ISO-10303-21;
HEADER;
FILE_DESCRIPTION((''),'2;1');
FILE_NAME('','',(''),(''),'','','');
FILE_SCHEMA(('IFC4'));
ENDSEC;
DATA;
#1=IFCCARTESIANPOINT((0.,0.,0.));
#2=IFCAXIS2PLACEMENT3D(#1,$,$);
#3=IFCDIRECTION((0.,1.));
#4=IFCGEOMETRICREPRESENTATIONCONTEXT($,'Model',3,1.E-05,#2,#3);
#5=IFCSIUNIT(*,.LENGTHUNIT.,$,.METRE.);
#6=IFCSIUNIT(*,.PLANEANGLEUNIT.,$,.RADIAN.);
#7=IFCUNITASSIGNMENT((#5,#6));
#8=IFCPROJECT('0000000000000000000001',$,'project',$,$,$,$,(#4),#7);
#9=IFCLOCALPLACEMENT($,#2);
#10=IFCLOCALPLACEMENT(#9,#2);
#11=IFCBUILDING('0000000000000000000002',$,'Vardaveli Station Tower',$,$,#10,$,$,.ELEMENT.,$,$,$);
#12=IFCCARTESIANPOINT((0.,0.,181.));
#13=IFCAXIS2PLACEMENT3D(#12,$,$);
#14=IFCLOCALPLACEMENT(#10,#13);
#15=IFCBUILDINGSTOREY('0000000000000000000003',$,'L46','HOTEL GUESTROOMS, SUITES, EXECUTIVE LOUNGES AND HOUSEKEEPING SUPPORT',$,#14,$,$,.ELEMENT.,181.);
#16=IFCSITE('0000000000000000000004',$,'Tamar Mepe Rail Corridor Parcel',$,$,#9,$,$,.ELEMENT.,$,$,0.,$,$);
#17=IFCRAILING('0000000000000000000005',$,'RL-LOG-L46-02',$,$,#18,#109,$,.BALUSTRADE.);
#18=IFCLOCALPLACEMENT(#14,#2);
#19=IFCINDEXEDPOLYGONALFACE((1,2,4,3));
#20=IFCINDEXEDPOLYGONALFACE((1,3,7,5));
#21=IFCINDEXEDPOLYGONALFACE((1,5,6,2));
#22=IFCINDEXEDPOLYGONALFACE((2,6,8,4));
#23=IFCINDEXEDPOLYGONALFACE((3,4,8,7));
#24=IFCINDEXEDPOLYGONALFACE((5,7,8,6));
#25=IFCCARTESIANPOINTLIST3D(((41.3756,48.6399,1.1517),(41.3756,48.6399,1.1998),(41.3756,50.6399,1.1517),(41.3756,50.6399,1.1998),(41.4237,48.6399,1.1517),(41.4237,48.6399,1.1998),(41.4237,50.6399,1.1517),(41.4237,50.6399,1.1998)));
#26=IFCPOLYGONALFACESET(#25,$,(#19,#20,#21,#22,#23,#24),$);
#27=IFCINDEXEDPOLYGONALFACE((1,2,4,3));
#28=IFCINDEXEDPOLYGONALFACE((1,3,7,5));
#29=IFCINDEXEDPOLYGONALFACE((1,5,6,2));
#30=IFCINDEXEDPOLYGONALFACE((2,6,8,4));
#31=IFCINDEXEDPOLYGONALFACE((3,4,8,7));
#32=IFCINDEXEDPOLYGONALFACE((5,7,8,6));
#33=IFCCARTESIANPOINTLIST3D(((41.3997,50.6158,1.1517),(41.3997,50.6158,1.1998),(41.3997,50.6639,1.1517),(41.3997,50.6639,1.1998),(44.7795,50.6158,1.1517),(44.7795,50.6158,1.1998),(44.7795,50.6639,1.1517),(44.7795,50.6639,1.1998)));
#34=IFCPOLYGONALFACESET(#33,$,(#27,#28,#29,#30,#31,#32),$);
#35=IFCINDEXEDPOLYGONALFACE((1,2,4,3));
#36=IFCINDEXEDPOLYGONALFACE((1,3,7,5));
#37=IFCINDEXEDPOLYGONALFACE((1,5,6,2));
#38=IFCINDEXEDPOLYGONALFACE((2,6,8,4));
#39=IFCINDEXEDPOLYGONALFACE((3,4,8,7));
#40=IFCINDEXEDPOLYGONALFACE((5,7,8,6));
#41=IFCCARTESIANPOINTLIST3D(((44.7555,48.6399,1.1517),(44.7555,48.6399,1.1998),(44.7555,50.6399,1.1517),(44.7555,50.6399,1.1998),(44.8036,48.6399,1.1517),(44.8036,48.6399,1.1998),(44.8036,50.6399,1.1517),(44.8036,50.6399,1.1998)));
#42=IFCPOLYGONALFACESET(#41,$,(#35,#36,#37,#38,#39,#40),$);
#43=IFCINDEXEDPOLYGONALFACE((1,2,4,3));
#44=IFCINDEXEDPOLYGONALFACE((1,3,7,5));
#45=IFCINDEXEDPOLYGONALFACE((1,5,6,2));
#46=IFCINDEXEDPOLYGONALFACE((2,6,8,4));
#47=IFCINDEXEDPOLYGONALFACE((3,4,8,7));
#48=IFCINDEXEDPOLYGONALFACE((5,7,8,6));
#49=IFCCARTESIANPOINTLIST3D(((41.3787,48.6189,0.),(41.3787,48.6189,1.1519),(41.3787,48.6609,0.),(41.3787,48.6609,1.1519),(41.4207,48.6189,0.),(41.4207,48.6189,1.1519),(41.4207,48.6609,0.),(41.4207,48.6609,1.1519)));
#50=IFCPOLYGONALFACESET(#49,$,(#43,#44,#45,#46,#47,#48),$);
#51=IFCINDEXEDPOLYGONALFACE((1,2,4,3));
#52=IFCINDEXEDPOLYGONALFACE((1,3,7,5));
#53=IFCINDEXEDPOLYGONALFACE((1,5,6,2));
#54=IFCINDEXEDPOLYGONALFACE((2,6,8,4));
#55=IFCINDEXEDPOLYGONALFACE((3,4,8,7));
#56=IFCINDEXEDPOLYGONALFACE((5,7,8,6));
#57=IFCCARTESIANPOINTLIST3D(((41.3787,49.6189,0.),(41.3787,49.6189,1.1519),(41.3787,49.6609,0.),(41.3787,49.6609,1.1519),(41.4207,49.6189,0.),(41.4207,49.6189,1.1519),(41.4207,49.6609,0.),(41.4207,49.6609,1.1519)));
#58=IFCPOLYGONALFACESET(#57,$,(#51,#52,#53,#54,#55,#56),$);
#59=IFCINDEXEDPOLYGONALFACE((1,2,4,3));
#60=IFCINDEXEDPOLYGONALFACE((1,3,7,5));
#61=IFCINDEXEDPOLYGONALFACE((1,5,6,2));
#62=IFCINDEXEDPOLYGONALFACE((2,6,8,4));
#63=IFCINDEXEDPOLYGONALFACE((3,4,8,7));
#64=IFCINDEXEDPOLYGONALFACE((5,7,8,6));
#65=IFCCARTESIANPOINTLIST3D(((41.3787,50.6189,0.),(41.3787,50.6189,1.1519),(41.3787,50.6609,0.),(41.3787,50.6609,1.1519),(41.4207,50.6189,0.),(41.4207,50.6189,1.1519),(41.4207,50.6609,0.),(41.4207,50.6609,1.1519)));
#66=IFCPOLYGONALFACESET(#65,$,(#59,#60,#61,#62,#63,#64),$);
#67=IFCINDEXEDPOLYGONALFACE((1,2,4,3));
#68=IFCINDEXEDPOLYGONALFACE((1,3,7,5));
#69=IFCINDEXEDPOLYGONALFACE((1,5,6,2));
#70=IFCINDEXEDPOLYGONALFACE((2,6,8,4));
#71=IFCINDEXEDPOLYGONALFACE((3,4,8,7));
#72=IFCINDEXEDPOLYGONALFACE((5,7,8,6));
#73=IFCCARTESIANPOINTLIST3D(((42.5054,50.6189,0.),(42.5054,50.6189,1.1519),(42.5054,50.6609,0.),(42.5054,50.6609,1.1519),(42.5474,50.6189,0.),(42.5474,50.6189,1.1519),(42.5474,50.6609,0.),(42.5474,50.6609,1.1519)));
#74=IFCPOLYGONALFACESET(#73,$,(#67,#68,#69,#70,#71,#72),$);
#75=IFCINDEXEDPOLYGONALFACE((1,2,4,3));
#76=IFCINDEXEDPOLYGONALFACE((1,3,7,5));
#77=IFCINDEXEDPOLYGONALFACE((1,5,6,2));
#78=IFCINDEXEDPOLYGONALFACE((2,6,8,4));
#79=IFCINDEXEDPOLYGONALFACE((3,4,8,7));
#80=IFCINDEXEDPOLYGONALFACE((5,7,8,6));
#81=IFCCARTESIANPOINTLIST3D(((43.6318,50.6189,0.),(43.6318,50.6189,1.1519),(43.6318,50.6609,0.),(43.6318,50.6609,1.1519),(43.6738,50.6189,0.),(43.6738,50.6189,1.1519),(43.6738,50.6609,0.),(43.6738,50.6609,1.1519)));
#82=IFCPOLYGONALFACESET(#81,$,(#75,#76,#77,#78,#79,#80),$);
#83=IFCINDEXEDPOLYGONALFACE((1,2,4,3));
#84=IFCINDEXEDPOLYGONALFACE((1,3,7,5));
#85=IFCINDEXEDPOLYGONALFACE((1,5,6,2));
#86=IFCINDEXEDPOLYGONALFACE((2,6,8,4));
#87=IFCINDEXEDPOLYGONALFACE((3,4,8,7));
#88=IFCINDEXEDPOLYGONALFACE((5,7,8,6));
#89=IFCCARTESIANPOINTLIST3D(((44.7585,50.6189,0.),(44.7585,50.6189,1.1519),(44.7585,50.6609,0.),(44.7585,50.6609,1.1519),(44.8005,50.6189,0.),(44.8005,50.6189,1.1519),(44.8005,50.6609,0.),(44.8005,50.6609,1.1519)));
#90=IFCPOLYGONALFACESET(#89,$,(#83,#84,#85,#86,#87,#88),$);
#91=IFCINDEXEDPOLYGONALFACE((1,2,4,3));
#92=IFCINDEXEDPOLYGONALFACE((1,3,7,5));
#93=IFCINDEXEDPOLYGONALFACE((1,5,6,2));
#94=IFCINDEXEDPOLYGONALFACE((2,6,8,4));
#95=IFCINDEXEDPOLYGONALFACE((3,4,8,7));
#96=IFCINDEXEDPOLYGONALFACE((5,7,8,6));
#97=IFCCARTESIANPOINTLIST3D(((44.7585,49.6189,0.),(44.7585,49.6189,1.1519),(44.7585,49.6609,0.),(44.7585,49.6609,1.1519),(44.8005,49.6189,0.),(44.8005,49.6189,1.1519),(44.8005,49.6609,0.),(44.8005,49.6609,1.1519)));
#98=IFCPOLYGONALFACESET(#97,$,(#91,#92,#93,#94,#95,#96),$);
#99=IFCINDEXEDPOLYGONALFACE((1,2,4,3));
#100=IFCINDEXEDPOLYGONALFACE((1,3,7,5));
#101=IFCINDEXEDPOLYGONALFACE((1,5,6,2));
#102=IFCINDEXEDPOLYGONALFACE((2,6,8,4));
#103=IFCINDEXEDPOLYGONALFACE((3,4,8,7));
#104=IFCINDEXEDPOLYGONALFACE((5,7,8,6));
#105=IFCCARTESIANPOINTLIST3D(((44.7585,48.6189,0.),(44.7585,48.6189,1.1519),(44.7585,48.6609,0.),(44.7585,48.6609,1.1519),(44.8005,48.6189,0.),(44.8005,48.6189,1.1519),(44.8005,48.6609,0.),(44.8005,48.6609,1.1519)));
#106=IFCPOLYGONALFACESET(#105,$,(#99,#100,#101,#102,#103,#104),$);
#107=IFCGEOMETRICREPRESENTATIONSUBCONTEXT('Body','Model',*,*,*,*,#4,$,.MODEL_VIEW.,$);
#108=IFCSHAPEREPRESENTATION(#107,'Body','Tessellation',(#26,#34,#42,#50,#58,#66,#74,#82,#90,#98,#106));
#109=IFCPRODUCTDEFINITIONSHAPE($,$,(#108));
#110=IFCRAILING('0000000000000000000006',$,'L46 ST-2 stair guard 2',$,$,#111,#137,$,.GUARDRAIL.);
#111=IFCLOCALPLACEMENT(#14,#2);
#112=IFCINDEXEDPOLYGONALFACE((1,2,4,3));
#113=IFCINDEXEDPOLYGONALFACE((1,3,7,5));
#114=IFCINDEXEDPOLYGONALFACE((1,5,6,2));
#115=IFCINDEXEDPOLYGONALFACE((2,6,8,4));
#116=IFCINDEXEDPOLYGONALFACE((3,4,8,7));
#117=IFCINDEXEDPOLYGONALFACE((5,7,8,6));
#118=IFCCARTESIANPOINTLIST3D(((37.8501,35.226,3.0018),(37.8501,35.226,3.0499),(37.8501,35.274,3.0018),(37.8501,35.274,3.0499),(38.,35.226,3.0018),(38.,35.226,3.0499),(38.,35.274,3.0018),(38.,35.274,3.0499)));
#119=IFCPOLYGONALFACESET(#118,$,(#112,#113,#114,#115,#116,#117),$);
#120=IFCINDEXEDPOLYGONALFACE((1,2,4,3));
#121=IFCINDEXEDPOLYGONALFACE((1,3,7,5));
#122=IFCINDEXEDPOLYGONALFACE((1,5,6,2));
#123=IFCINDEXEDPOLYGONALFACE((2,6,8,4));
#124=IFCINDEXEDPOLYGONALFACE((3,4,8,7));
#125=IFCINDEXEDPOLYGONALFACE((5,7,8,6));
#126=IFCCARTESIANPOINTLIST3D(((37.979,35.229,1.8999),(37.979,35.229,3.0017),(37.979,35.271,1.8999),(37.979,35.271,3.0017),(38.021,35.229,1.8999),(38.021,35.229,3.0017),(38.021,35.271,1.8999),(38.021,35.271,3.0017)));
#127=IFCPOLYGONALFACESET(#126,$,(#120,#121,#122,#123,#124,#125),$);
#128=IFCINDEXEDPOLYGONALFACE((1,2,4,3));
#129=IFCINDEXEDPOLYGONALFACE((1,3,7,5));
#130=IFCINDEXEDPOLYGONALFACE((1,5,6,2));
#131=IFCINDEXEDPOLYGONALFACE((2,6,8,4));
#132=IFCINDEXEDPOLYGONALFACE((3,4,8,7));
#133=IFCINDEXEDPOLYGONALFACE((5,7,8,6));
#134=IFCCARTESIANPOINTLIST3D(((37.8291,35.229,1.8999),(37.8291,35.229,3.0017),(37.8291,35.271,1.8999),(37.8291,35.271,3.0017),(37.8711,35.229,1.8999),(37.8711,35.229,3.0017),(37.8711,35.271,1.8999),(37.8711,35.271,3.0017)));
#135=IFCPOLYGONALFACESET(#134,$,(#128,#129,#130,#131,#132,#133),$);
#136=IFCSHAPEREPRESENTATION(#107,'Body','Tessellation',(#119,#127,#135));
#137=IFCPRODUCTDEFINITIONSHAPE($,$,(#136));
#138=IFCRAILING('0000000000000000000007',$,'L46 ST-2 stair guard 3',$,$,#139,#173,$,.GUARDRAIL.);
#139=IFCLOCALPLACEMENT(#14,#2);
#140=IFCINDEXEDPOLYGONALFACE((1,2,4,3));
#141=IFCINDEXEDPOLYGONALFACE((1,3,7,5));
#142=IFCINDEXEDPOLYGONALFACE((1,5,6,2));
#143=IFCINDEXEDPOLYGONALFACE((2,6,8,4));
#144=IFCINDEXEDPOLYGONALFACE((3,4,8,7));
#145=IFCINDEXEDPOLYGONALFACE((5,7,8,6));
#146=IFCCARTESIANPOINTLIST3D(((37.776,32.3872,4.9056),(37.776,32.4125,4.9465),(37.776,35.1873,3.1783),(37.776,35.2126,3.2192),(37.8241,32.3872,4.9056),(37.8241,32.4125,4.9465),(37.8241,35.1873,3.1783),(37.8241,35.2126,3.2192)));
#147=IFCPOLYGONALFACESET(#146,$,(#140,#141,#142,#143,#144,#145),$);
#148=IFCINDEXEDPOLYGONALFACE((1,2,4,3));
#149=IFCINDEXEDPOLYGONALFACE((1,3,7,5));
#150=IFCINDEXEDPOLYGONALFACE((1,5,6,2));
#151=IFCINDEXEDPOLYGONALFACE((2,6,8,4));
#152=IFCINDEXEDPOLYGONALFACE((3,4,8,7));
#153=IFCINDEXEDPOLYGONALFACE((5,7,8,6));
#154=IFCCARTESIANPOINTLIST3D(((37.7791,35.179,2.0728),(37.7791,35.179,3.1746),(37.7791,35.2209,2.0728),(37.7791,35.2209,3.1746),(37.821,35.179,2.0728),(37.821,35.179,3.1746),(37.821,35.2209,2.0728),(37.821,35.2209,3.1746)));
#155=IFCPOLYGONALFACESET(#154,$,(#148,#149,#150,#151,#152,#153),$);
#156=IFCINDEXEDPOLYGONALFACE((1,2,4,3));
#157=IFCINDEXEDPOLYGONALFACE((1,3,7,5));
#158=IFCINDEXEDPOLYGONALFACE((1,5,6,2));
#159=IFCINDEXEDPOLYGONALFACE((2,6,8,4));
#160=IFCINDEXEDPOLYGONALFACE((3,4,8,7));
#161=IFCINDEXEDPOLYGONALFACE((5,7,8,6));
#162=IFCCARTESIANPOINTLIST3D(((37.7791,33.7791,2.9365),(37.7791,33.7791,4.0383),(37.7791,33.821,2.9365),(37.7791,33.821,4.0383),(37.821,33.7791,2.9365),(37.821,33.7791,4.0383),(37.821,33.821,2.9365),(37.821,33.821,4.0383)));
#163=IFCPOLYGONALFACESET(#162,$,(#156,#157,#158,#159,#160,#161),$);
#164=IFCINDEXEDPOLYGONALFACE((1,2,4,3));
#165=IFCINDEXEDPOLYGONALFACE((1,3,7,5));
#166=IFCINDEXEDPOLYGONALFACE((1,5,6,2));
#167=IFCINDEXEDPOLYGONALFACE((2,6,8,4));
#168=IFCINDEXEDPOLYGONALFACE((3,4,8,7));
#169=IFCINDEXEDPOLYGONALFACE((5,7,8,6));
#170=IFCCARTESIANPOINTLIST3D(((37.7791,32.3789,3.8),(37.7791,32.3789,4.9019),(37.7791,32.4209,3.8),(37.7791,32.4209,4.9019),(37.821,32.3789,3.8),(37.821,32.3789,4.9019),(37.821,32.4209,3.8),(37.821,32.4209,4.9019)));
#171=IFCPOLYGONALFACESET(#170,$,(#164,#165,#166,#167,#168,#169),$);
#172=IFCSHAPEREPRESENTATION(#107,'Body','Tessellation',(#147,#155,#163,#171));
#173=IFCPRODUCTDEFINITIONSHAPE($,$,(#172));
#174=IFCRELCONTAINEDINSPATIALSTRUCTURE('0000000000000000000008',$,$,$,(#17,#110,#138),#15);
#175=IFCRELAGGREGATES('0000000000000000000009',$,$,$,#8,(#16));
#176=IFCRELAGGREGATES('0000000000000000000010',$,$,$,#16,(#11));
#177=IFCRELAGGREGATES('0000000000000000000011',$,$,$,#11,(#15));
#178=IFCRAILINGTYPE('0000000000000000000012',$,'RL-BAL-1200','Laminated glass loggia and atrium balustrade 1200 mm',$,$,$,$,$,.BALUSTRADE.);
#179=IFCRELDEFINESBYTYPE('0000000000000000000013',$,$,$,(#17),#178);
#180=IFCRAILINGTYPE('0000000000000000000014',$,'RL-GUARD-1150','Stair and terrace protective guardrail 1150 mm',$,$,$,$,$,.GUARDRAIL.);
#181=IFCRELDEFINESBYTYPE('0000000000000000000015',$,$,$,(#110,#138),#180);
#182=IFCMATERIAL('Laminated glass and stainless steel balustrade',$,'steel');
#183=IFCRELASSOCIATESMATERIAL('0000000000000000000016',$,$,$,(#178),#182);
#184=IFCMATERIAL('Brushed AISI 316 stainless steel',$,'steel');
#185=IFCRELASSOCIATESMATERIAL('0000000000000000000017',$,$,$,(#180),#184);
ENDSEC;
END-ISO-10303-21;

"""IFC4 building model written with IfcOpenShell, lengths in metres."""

from ifc_helpers import new_model, si_unit, direction, frame, origin, origin_2d, place, context, subcontext, project, spatial, rectangle, extrude, source, transform, mapped, material, type_object, element, save


model = new_model("IFC4")

# Units and contexts
model_context = context("Model", 3, precision=1e-05, world=origin(), true_north=direction((0.0, 1.0)))
body_context = subcontext(model_context, "Body", "Model", "MODEL_VIEW")
ifc_project = project(units=[si_unit("LENGTHUNIT", "METRE"), si_unit("PLANEANGLEUNIT", "RADIAN")], contexts=[model_context])

# Site, building, storey
site_placement = place(None, origin())
site = spatial("IfcSite", under=ifc_project, at=site_placement, Name="Tamar Mepe Rail Corridor Parcel", CompositionType="ELEMENT", RefElevation=0.0)
building_placement = place(site_placement, origin())
building = spatial("IfcBuilding", under=site, at=building_placement, Name="Vardaveli Station Tower", CompositionType="ELEMENT")
storey_placement = place(building_placement, frame((0.0, 0.0, 181.0)))
storey = spatial("IfcBuildingStorey", under=building, at=storey_placement, Name="L46", Description="HOTEL GUESTROOMS, SUITES, EXECUTIVE LOUNGES AND HOUSEKEEPING SUPPORT", CompositionType="ELEMENT", Elevation=181.0)

# Railings
ifc_material_1 = material(Name="Laminated glass and stainless steel balustrade", Category="steel")
railing_type_1 = type_object("IfcRailingType", Name="RL-BAL-1200", Description="Laminated glass loggia and atrium balustrade 1200 mm", PredefinedType="BALUSTRADE", material=ifc_material_1)
shared_shape_1 = source(origin(), body_context, "Body", "SweptSolid", [
    extrude(rectangle(XDim=0.0481, YDim=0.0481, at=origin_2d()), frame((0.0, 0.0, 1.1758), z_axis=(0.0, 1.0, 0.0), x_axis=(-1.0, 0.0, 0.0)), (0.0, 0.0, 1.0), 2.0),
    extrude(rectangle(XDim=0.0481, YDim=0.0481, at=origin_2d()), frame((0.0, 2.0, 1.1758), z_axis=(1.0, 0.0, 0.0), x_axis=(0.0, 1.0, 0.0)), (0.0, 0.0, 1.0), 3.3799),
    extrude(rectangle(XDim=0.0481, YDim=0.0481, at=origin_2d()), frame((3.3799, 2.0, 1.1758), z_axis=(0.0, -1.0, 0.0), x_axis=(1.0, 0.0, 0.0)), (0.0, 0.0, 1.0), 2.0),
    extrude(rectangle(XDim=0.042, YDim=0.042, at=origin_2d()), origin(), (0.0, 0.0, 1.0), 1.1519),
    extrude(rectangle(XDim=0.042, YDim=0.042, at=origin_2d()), frame((0.0, 1.0, 0.0)), (0.0, 0.0, 1.0), 1.1519),
    extrude(rectangle(XDim=0.042, YDim=0.042, at=origin_2d()), frame((0.0, 2.0, 0.0)), (0.0, 0.0, 1.0), 1.1519),
    extrude(rectangle(XDim=0.042, YDim=0.042, at=origin_2d()), frame((1.1267, 2.0, 0.0)), (0.0, 0.0, 1.0), 1.1519),
    extrude(rectangle(XDim=0.042, YDim=0.042, at=origin_2d()), frame((2.2532, 2.0, 0.0)), (0.0, 0.0, 1.0), 1.1519),
    extrude(rectangle(XDim=0.042, YDim=0.042, at=origin_2d()), frame((3.3799, 2.0, 0.0)), (0.0, 0.0, 1.0), 1.1519),
    extrude(rectangle(XDim=0.042, YDim=0.042, at=origin_2d()), frame((3.3799, 1.0, 0.0)), (0.0, 0.0, 1.0), 1.1519),
    extrude(rectangle(XDim=0.042, YDim=0.042, at=origin_2d()), frame((3.3799, 0.0, 0.0)), (0.0, 0.0, 1.0), 1.1519),
])
railing_1_placement = place(storey_placement, frame((41.3997, 48.6399, 0.0)))
element("IfcRailing", 1, at=railing_1_placement, inside=storey, type_object=railing_type_1, Name="RL-LOG-L46-02", PredefinedType="BALUSTRADE", context=body_context, shape_type="MappedRepresentation", body=[
    mapped(shared_shape_1, transform((0.0, 0.0, 0.0), scale=1.0)),
])
ifc_material_2 = material(Name="Brushed AISI 316 stainless steel", Category="steel")
railing_type_2 = type_object("IfcRailingType", Name="RL-GUARD-1150", Description="Stair and terrace protective guardrail 1150 mm", PredefinedType="GUARDRAIL", material=ifc_material_2)
shared_shape_2 = source(origin(), body_context, "Body", "SweptSolid", [
    extrude(rectangle(XDim=0.0481, YDim=0.0481, at=origin_2d()), frame((0.0, 0.0, 1.126), z_axis=(-1.0, 0.0, 0.0), x_axis=(0.0, -1.0, 0.0)), (0.0, 0.0, 1.0), 0.1499),
    extrude(rectangle(XDim=0.042, YDim=0.042, at=origin_2d()), origin(), (0.0, 0.0, 1.0), 1.1018),
    extrude(rectangle(XDim=0.042, YDim=0.042, at=origin_2d()), frame((-0.1499, 0.0, 0.0)), (0.0, 0.0, 1.0), 1.1018),
])
railing_2_placement = place(storey_placement, frame((38.0, 35.25, 1.8999)))
element("IfcRailing", 2, at=railing_2_placement, inside=storey, type_object=railing_type_2, Name="L46 ST-2 stair guard 2", PredefinedType="GUARDRAIL", context=body_context, shape_type="MappedRepresentation", body=[
    mapped(shared_shape_2, transform((0.0, 0.0, 0.0), scale=1.0)),
])
shared_shape_3 = source(origin(), body_context, "Body", "SweptSolid", [
    extrude(rectangle(XDim=0.0481, YDim=0.0481, at=origin_2d()), frame((0.0, 0.0, 1.126), z_axis=(0.0, -0.85109, 0.52502), x_axis=(1.0, 0.0, 0.0)), (0.0, 0.0, 1.0), 3.29),
    extrude(rectangle(XDim=0.042, YDim=0.042, at=origin_2d()), origin(), (0.0, 0.0, 1.0), 1.1018),
    extrude(rectangle(XDim=0.042, YDim=0.042, at=origin_2d()), frame((0.0, -1.3999, 0.8638)), (0.0, 0.0, 1.0), 1.1018),
    extrude(rectangle(XDim=0.042, YDim=0.042, at=origin_2d()), frame((0.0, -2.8, 1.7273)), (0.0, 0.0, 1.0), 1.1018),
])
railing_3_placement = place(storey_placement, frame((37.8, 35.2, 2.0728)))
element("IfcRailing", 3, at=railing_3_placement, inside=storey, type_object=railing_type_2, Name="L46 ST-2 stair guard 3", PredefinedType="GUARDRAIL", context=body_context, shape_type="MappedRepresentation", body=[
    mapped(shared_shape_3, transform((0.0, 0.0, 0.0), scale=1.0)),
])

save(model, "model.ifc")
